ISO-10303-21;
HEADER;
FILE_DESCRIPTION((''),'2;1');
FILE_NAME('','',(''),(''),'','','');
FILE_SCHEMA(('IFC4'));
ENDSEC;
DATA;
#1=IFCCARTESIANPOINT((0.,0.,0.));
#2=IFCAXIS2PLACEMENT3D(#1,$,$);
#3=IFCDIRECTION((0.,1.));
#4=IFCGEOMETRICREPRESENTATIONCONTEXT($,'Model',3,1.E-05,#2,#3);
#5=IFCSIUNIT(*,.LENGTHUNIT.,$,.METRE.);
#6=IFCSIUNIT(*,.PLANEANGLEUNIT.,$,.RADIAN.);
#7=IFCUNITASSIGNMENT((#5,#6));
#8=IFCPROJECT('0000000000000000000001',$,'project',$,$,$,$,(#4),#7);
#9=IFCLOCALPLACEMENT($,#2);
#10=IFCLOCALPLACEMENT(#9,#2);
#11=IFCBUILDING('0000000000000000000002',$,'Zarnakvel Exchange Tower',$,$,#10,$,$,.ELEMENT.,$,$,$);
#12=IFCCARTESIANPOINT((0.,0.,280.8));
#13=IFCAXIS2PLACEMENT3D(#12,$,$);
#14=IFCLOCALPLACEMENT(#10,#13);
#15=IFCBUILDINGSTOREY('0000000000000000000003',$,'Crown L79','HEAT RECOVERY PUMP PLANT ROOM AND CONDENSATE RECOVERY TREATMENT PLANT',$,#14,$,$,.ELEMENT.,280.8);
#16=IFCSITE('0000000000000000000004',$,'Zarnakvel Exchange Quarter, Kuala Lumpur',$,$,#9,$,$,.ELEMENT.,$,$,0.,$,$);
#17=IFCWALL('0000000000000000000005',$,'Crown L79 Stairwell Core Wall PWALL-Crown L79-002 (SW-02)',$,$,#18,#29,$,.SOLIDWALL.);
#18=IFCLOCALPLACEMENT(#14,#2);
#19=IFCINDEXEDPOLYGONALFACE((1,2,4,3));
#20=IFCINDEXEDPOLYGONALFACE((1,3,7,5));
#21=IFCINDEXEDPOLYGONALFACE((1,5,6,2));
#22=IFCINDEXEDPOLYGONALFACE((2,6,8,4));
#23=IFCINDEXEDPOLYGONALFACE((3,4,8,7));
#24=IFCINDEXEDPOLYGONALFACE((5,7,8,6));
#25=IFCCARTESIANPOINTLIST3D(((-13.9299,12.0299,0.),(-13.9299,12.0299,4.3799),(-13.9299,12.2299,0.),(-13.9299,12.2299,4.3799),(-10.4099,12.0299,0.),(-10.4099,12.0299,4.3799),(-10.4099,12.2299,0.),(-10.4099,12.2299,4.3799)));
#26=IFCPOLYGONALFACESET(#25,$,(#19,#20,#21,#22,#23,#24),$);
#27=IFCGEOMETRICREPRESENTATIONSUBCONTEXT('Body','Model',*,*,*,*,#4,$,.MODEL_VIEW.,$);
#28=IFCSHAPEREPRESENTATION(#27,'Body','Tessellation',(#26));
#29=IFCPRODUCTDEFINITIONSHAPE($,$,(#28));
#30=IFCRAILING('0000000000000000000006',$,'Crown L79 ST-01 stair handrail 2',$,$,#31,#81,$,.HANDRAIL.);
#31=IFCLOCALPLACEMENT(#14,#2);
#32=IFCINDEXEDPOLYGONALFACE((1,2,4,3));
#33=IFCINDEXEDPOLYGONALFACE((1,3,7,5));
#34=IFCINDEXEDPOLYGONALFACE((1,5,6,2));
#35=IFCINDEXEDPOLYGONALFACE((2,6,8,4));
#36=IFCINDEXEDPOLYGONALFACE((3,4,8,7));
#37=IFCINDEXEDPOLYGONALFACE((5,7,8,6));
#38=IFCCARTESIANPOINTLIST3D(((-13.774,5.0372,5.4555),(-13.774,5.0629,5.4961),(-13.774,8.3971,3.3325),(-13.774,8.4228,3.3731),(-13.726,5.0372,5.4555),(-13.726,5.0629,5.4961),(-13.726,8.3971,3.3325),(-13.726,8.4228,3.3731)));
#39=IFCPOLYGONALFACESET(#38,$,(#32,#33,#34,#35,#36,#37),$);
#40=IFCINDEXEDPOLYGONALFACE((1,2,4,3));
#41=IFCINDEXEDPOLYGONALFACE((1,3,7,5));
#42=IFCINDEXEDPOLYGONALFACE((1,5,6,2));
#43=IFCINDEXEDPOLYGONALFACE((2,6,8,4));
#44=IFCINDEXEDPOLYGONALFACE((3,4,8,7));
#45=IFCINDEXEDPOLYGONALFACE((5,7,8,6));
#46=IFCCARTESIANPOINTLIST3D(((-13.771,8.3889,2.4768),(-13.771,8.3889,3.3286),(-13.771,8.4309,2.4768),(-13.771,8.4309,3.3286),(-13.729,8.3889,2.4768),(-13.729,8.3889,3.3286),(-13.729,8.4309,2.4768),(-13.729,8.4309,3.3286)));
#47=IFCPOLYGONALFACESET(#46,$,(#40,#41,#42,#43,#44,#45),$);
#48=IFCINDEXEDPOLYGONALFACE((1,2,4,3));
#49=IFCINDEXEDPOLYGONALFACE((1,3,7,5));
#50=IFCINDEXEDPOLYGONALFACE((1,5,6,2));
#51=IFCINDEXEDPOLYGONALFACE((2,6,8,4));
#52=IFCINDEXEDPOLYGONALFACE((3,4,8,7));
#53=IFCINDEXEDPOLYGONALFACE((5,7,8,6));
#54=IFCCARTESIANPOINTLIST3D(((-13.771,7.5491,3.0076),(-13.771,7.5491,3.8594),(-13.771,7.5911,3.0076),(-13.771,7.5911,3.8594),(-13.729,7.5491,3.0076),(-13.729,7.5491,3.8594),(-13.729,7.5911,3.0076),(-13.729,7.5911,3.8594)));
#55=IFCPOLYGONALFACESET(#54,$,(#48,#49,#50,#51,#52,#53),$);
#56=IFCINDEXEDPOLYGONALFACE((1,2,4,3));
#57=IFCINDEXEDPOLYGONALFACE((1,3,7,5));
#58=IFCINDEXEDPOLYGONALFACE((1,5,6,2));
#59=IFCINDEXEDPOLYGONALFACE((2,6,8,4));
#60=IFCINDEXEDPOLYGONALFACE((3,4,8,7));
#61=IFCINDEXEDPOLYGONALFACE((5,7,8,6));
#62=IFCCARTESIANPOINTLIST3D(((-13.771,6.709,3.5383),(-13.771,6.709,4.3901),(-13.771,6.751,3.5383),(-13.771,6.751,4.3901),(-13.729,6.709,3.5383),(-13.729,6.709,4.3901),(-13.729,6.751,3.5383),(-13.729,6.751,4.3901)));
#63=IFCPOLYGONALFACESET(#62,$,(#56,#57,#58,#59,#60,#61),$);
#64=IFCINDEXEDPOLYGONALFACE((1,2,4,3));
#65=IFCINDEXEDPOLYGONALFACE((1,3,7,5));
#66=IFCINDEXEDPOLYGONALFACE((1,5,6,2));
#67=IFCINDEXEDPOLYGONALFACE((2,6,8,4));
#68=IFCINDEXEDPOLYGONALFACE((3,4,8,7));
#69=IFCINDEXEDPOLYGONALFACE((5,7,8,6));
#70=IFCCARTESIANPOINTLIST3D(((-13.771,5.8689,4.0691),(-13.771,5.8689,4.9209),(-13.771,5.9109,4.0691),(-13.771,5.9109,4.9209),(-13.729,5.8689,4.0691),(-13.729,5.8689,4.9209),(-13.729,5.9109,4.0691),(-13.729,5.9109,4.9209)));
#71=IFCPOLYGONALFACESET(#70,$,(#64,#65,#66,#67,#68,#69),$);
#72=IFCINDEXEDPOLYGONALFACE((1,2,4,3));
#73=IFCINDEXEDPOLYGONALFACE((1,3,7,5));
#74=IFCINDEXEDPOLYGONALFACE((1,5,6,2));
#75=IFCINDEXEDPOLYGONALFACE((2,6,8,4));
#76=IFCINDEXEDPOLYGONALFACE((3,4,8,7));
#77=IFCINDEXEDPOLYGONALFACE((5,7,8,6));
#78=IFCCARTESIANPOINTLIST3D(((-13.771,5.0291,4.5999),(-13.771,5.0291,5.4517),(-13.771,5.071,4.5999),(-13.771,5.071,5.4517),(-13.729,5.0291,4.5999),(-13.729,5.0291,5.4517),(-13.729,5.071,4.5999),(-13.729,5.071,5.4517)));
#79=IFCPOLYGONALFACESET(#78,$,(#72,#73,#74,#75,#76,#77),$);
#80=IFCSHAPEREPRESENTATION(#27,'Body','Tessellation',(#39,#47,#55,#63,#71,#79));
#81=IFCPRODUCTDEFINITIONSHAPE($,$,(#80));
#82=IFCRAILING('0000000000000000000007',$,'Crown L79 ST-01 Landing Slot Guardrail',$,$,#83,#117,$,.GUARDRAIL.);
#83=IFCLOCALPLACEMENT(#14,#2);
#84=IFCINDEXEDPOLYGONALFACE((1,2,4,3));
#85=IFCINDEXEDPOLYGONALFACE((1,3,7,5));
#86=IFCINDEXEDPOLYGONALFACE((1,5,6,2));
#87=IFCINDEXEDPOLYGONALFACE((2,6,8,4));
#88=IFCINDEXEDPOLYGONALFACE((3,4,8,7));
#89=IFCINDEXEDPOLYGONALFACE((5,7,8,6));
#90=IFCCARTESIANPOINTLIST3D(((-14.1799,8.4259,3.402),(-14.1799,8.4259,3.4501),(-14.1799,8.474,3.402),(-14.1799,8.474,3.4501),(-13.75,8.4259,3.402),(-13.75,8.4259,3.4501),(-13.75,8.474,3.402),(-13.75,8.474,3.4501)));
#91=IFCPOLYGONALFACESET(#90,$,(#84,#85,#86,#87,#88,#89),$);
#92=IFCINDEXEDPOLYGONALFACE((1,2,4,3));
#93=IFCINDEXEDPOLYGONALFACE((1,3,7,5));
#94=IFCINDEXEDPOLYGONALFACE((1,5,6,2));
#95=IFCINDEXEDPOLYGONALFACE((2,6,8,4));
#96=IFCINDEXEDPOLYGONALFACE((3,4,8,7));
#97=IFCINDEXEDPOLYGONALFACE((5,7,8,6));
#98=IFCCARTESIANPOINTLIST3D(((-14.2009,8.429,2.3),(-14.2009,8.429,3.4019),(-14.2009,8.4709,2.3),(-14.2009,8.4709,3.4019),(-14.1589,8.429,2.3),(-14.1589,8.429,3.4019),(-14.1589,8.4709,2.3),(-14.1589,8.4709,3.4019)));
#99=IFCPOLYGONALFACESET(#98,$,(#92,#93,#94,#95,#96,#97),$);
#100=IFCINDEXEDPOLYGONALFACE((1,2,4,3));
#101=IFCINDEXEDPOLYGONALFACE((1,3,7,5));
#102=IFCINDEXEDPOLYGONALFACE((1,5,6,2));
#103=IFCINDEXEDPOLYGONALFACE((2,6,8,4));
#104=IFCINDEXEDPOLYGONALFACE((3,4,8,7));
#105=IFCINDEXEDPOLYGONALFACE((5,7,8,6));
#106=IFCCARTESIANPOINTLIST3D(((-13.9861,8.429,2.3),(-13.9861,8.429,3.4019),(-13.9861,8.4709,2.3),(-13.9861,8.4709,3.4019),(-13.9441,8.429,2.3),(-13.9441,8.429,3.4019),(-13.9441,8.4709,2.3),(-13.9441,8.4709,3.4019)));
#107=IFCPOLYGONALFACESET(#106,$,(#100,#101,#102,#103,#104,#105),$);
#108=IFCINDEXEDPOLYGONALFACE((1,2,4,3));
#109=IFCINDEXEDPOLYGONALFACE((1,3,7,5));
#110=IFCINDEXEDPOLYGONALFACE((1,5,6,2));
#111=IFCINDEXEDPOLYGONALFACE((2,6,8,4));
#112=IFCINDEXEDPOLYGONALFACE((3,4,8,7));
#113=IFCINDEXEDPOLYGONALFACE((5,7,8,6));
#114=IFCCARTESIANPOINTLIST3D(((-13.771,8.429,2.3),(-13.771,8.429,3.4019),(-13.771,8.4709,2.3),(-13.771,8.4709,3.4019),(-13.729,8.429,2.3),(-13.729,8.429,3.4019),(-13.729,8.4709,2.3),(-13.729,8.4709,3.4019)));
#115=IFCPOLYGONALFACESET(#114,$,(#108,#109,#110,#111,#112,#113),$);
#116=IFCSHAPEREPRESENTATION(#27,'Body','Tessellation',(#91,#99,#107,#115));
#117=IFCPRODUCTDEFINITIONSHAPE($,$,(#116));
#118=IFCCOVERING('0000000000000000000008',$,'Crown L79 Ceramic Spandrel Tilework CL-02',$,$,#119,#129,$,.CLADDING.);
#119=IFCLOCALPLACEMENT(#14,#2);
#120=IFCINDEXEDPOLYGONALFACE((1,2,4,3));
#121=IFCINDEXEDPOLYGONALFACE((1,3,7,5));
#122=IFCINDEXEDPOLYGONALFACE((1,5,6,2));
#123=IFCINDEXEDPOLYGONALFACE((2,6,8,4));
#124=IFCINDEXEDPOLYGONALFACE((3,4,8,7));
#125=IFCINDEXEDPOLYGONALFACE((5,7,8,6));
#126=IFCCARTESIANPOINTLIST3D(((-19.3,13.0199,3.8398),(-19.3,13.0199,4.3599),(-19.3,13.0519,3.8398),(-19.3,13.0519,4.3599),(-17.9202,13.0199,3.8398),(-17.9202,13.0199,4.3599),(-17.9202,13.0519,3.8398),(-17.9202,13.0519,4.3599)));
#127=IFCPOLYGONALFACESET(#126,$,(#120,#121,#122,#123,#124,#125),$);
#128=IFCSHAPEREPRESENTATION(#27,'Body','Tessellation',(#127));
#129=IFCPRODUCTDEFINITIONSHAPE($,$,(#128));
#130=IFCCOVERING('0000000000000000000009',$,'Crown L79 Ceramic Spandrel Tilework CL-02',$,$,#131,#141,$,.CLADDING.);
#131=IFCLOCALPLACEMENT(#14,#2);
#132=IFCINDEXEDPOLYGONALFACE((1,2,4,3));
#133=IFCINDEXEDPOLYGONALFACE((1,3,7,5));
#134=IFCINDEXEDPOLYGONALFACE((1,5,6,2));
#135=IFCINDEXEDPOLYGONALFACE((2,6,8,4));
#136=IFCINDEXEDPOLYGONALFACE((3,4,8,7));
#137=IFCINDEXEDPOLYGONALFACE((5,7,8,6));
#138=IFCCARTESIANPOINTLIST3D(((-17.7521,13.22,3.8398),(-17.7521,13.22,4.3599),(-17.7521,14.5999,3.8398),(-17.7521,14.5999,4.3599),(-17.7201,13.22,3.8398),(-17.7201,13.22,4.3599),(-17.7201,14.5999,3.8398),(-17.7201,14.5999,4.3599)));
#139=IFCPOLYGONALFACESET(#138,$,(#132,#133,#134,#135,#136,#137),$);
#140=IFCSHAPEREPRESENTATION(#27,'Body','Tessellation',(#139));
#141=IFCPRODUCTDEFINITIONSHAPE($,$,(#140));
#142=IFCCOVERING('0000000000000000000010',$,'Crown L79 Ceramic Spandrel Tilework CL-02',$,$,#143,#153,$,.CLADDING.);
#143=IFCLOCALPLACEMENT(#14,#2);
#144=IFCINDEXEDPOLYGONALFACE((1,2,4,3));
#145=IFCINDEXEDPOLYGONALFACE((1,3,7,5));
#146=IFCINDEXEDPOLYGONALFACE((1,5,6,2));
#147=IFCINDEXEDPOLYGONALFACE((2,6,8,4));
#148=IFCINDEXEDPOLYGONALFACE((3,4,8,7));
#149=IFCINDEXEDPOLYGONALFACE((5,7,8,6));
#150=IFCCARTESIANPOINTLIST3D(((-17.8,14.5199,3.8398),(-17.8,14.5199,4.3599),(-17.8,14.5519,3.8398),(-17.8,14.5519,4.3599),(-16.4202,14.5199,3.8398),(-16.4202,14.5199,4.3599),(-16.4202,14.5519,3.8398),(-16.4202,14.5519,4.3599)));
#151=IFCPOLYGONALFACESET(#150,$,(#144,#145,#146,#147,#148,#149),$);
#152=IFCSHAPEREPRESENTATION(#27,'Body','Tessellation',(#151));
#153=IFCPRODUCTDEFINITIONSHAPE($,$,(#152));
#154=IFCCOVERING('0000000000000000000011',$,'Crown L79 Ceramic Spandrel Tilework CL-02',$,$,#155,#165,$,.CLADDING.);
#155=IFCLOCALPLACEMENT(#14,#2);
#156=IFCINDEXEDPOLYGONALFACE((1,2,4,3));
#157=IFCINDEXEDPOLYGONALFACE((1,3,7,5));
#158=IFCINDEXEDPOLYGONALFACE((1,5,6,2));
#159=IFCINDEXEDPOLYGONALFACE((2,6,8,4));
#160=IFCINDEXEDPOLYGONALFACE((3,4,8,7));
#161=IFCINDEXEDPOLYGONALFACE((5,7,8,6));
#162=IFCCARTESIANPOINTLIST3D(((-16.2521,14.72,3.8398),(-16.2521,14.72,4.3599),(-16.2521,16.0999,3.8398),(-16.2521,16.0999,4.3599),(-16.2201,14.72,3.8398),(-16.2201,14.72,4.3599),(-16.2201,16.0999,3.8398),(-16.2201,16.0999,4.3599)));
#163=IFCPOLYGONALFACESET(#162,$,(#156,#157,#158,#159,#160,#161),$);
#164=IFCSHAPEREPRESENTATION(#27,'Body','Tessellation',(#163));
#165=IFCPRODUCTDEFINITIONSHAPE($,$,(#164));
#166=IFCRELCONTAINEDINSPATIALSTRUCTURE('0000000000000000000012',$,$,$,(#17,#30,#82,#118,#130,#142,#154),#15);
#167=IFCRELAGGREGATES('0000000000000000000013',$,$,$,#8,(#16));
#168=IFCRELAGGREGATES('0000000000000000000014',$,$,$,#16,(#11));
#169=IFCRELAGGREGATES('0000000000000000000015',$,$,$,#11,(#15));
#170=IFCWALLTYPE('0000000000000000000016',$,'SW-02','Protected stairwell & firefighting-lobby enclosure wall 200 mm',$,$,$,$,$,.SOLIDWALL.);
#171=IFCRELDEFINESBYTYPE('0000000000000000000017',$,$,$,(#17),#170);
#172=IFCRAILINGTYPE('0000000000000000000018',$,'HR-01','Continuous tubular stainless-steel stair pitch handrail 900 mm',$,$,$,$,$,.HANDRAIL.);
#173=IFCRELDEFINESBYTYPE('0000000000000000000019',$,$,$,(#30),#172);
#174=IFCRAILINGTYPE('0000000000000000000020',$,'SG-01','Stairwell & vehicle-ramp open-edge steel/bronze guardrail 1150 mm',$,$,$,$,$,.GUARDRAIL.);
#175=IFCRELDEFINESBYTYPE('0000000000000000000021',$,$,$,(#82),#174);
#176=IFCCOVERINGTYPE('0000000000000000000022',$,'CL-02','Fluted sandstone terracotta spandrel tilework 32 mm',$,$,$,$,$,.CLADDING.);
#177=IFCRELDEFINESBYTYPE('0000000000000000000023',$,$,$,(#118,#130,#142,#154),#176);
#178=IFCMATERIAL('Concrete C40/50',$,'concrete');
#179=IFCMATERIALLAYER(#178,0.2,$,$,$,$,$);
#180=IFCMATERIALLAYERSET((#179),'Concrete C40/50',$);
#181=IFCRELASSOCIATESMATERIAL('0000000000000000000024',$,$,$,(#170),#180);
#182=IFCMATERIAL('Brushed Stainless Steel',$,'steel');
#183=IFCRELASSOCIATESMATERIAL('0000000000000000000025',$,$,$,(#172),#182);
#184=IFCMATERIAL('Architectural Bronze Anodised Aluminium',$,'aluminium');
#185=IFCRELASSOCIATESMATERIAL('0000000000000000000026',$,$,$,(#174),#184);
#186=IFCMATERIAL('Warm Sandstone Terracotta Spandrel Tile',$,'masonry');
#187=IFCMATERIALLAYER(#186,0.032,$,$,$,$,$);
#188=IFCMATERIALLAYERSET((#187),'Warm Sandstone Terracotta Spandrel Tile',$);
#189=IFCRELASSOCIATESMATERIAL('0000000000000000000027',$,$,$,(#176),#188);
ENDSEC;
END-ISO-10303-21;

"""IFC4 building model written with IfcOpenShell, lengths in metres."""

from ifc_helpers import new_model, si_unit, direction, frame, frame_2d, origin, origin_2d, place, context, subcontext, project, spatial, rectangle, extrude, source, transform, mapped, material, layer, layer_set, type_object, element, save


model = new_model("IFC4")

# Units and contexts
model_context = context("Model", 3, precision=1e-05, world=origin(), true_north=direction((0.0, 1.0)))
body_context = subcontext(model_context, "Body", "Model", "MODEL_VIEW")
ifc_project = project(units=[si_unit("LENGTHUNIT", "METRE"), si_unit("PLANEANGLEUNIT", "RADIAN")], contexts=[model_context])

# Site, building, storey
site_placement = place(None, origin())
site = spatial("IfcSite", under=ifc_project, at=site_placement, Name="Zarnakvel Exchange Quarter, Kuala Lumpur", CompositionType="ELEMENT", RefElevation=0.0)
building_placement = place(site_placement, origin())
building = spatial("IfcBuilding", under=site, at=building_placement, Name="Zarnakvel Exchange Tower", CompositionType="ELEMENT")
storey_placement = place(building_placement, frame((0.0, 0.0, 280.8)))
storey = spatial("IfcBuildingStorey", under=building, at=storey_placement, Name="Crown L79", Description="HEAT RECOVERY PUMP PLANT ROOM AND CONDENSATE RECOVERY TREATMENT PLANT", CompositionType="ELEMENT", Elevation=280.8)

# Shared definitions
ifc_material_1 = material(Name="Architectural Bronze Anodised Aluminium", Category="aluminium")

# Wall
ifc_material_2 = material(Name="Concrete C40/50", Category="concrete")
ifc_layer_1 = layer(ifc_material_2, 0.2)
ifc_layer_set_1 = layer_set([ifc_layer_1], Name="Concrete C40/50")
wall_type_1 = type_object("IfcWallType", Name="SW-02", Description="Protected stairwell & firefighting-lobby enclosure wall 200 mm", PredefinedType="SOLIDWALL", material=ifc_layer_set_1)
wall_1_placement = place(storey_placement, frame((-13.9299, 12.1299, 0.0), z_axis=(0.0, 0.0, 1.0), x_axis=(1.0, 0.0, 0.0)))
element("IfcWall", 1, at=wall_1_placement, inside=storey, type_object=wall_type_1, Name="Crown L79 Stairwell Core Wall PWALL-Crown L79-002 (SW-02)", PredefinedType="SOLIDWALL", context=body_context, shape_type="SweptSolid", body=[
    extrude(rectangle(XDim=3.52, YDim=0.2, at=frame_2d((1.76, 0.0))), origin(), (0.0, 0.0, 1.0), 4.3799),
])

# Railings
ifc_material_3 = material(Name="Brushed Stainless Steel", Category="steel")
railing_type_1 = type_object("IfcRailingType", Name="HR-01", Description="Continuous tubular stainless-steel stair pitch handrail 900 mm", PredefinedType="HANDRAIL", material=ifc_material_3)
railing_1_placement = place(storey_placement, frame((-13.75, 8.4099, 2.4768)))
element("IfcRailing", 2, at=railing_1_placement, inside=storey, type_object=railing_type_1, Name="Crown L79 ST-01 stair handrail 2", PredefinedType="HANDRAIL", context=body_context, shape_type="SweptSolid", body=[
    extrude(rectangle(XDim=0.0481, YDim=0.0481, at=origin_2d()), frame((0.0, 0.0, 0.876), z_axis=(0.0, -0.845372, 0.534178), x_axis=(1.0, 0.0, 0.0)), (0.0, 0.0, 1.0), 3.9744),
    extrude(rectangle(XDim=0.042, YDim=0.042, at=origin_2d()), origin(), (0.0, 0.0, 1.0), 0.8518),
    extrude(rectangle(XDim=0.042, YDim=0.042, at=origin_2d()), frame((0.0, -0.8398, 0.5308)), (0.0, 0.0, 1.0), 0.8518),
    extrude(rectangle(XDim=0.042, YDim=0.042, at=origin_2d()), frame((0.0, -1.6799, 1.0615)), (0.0, 0.0, 1.0), 0.8518),
    extrude(rectangle(XDim=0.042, YDim=0.042, at=origin_2d()), frame((0.0, -2.52, 1.5923)), (0.0, 0.0, 1.0), 0.8518),
    extrude(rectangle(XDim=0.042, YDim=0.042, at=origin_2d()), frame((0.0, -3.3599, 2.123)), (0.0, 0.0, 1.0), 0.8518),
])
railing_type_2 = type_object("IfcRailingType", Name="SG-01", Description="Stairwell & vehicle-ramp open-edge steel/bronze guardrail 1150 mm", PredefinedType="GUARDRAIL", material=ifc_material_1)
railing_2_placement = place(storey_placement, frame((-14.1799, 8.45, 2.3)))
element("IfcRailing", 3, at=railing_2_placement, inside=storey, type_object=railing_type_2, Name="Crown L79 ST-01 Landing Slot Guardrail", PredefinedType="GUARDRAIL", context=body_context, shape_type="SweptSolid", body=[
    extrude(rectangle(XDim=0.0481, YDim=0.0481, at=origin_2d()), frame((0.0, 0.0, 1.126), z_axis=(1.0, 0.0, 0.0), x_axis=(0.0, 1.0, 0.0)), (0.0, 0.0, 1.0), 0.4299),
    extrude(rectangle(XDim=0.042, YDim=0.042, at=origin_2d()), origin(), (0.0, 0.0, 1.0), 1.1018),
    extrude(rectangle(XDim=0.042, YDim=0.042, at=origin_2d()), frame((0.2148, 0.0, 0.0)), (0.0, 0.0, 1.0), 1.1018),
    extrude(rectangle(XDim=0.042, YDim=0.042, at=origin_2d()), frame((0.4299, 0.0, 0.0)), (0.0, 0.0, 1.0), 1.1018),
])

# Coverings
ifc_material_4 = material(Name="Warm Sandstone Terracotta Spandrel Tile", Category="masonry")
ifc_layer_2 = layer(ifc_material_4, 0.032)
ifc_layer_set_2 = layer_set([ifc_layer_2], Name="Warm Sandstone Terracotta Spandrel Tile")
covering_type = type_object("IfcCoveringType", Name="CL-02", Description="Fluted sandstone terracotta spandrel tilework 32 mm", PredefinedType="CLADDING", material=ifc_layer_set_2)
shared_shape_1 = source(origin(), body_context, "Body", "SweptSolid", [
    extrude(rectangle(XDim=1.3799, YDim=0.032, at=origin_2d()), origin(), (0.0, 0.0, 1.0), 0.52),
])
for number, where, z_axis, x_axis, name in (
    (4, (-18.6101, 13.0359, 3.8398), (0.0, 0.0, 1.0), (-1.0, 0.0, 0.0), "Crown L79 Ceramic Spandrel Tilework CL-02"),
    (5, (-17.7361, 13.9099, 3.8398), (0.0, 0.0, 1.0), (0.0, -1.0, 0.0), "Crown L79 Ceramic Spandrel Tilework CL-02"),
    (6, (-17.1101, 14.5359, 3.8398), (0.0, 0.0, 1.0), (-1.0, 0.0, 0.0), "Crown L79 Ceramic Spandrel Tilework CL-02"),
    (7, (-16.2361, 15.4099, 3.8398), (0.0, 0.0, 1.0), (0.0, -1.0, 0.0), "Crown L79 Ceramic Spandrel Tilework CL-02"),
):
    element("IfcCovering", number, at=place(storey_placement, frame(where, z_axis=z_axis, x_axis=x_axis)), inside=storey, type_object=covering_type, Name=name, PredefinedType="CLADDING", context=body_context, shape_type="MappedRepresentation", body=[
        mapped(shared_shape_1, transform((0.0, 0.0, 0.0), x_axis=(1.0, 0.0, 0.0), y_axis=(0.0, 1.0, 0.0), z_axis=(0.0, 0.0, 1.0), scale=1.0)),
    ])

save(model, "model.ifc")
